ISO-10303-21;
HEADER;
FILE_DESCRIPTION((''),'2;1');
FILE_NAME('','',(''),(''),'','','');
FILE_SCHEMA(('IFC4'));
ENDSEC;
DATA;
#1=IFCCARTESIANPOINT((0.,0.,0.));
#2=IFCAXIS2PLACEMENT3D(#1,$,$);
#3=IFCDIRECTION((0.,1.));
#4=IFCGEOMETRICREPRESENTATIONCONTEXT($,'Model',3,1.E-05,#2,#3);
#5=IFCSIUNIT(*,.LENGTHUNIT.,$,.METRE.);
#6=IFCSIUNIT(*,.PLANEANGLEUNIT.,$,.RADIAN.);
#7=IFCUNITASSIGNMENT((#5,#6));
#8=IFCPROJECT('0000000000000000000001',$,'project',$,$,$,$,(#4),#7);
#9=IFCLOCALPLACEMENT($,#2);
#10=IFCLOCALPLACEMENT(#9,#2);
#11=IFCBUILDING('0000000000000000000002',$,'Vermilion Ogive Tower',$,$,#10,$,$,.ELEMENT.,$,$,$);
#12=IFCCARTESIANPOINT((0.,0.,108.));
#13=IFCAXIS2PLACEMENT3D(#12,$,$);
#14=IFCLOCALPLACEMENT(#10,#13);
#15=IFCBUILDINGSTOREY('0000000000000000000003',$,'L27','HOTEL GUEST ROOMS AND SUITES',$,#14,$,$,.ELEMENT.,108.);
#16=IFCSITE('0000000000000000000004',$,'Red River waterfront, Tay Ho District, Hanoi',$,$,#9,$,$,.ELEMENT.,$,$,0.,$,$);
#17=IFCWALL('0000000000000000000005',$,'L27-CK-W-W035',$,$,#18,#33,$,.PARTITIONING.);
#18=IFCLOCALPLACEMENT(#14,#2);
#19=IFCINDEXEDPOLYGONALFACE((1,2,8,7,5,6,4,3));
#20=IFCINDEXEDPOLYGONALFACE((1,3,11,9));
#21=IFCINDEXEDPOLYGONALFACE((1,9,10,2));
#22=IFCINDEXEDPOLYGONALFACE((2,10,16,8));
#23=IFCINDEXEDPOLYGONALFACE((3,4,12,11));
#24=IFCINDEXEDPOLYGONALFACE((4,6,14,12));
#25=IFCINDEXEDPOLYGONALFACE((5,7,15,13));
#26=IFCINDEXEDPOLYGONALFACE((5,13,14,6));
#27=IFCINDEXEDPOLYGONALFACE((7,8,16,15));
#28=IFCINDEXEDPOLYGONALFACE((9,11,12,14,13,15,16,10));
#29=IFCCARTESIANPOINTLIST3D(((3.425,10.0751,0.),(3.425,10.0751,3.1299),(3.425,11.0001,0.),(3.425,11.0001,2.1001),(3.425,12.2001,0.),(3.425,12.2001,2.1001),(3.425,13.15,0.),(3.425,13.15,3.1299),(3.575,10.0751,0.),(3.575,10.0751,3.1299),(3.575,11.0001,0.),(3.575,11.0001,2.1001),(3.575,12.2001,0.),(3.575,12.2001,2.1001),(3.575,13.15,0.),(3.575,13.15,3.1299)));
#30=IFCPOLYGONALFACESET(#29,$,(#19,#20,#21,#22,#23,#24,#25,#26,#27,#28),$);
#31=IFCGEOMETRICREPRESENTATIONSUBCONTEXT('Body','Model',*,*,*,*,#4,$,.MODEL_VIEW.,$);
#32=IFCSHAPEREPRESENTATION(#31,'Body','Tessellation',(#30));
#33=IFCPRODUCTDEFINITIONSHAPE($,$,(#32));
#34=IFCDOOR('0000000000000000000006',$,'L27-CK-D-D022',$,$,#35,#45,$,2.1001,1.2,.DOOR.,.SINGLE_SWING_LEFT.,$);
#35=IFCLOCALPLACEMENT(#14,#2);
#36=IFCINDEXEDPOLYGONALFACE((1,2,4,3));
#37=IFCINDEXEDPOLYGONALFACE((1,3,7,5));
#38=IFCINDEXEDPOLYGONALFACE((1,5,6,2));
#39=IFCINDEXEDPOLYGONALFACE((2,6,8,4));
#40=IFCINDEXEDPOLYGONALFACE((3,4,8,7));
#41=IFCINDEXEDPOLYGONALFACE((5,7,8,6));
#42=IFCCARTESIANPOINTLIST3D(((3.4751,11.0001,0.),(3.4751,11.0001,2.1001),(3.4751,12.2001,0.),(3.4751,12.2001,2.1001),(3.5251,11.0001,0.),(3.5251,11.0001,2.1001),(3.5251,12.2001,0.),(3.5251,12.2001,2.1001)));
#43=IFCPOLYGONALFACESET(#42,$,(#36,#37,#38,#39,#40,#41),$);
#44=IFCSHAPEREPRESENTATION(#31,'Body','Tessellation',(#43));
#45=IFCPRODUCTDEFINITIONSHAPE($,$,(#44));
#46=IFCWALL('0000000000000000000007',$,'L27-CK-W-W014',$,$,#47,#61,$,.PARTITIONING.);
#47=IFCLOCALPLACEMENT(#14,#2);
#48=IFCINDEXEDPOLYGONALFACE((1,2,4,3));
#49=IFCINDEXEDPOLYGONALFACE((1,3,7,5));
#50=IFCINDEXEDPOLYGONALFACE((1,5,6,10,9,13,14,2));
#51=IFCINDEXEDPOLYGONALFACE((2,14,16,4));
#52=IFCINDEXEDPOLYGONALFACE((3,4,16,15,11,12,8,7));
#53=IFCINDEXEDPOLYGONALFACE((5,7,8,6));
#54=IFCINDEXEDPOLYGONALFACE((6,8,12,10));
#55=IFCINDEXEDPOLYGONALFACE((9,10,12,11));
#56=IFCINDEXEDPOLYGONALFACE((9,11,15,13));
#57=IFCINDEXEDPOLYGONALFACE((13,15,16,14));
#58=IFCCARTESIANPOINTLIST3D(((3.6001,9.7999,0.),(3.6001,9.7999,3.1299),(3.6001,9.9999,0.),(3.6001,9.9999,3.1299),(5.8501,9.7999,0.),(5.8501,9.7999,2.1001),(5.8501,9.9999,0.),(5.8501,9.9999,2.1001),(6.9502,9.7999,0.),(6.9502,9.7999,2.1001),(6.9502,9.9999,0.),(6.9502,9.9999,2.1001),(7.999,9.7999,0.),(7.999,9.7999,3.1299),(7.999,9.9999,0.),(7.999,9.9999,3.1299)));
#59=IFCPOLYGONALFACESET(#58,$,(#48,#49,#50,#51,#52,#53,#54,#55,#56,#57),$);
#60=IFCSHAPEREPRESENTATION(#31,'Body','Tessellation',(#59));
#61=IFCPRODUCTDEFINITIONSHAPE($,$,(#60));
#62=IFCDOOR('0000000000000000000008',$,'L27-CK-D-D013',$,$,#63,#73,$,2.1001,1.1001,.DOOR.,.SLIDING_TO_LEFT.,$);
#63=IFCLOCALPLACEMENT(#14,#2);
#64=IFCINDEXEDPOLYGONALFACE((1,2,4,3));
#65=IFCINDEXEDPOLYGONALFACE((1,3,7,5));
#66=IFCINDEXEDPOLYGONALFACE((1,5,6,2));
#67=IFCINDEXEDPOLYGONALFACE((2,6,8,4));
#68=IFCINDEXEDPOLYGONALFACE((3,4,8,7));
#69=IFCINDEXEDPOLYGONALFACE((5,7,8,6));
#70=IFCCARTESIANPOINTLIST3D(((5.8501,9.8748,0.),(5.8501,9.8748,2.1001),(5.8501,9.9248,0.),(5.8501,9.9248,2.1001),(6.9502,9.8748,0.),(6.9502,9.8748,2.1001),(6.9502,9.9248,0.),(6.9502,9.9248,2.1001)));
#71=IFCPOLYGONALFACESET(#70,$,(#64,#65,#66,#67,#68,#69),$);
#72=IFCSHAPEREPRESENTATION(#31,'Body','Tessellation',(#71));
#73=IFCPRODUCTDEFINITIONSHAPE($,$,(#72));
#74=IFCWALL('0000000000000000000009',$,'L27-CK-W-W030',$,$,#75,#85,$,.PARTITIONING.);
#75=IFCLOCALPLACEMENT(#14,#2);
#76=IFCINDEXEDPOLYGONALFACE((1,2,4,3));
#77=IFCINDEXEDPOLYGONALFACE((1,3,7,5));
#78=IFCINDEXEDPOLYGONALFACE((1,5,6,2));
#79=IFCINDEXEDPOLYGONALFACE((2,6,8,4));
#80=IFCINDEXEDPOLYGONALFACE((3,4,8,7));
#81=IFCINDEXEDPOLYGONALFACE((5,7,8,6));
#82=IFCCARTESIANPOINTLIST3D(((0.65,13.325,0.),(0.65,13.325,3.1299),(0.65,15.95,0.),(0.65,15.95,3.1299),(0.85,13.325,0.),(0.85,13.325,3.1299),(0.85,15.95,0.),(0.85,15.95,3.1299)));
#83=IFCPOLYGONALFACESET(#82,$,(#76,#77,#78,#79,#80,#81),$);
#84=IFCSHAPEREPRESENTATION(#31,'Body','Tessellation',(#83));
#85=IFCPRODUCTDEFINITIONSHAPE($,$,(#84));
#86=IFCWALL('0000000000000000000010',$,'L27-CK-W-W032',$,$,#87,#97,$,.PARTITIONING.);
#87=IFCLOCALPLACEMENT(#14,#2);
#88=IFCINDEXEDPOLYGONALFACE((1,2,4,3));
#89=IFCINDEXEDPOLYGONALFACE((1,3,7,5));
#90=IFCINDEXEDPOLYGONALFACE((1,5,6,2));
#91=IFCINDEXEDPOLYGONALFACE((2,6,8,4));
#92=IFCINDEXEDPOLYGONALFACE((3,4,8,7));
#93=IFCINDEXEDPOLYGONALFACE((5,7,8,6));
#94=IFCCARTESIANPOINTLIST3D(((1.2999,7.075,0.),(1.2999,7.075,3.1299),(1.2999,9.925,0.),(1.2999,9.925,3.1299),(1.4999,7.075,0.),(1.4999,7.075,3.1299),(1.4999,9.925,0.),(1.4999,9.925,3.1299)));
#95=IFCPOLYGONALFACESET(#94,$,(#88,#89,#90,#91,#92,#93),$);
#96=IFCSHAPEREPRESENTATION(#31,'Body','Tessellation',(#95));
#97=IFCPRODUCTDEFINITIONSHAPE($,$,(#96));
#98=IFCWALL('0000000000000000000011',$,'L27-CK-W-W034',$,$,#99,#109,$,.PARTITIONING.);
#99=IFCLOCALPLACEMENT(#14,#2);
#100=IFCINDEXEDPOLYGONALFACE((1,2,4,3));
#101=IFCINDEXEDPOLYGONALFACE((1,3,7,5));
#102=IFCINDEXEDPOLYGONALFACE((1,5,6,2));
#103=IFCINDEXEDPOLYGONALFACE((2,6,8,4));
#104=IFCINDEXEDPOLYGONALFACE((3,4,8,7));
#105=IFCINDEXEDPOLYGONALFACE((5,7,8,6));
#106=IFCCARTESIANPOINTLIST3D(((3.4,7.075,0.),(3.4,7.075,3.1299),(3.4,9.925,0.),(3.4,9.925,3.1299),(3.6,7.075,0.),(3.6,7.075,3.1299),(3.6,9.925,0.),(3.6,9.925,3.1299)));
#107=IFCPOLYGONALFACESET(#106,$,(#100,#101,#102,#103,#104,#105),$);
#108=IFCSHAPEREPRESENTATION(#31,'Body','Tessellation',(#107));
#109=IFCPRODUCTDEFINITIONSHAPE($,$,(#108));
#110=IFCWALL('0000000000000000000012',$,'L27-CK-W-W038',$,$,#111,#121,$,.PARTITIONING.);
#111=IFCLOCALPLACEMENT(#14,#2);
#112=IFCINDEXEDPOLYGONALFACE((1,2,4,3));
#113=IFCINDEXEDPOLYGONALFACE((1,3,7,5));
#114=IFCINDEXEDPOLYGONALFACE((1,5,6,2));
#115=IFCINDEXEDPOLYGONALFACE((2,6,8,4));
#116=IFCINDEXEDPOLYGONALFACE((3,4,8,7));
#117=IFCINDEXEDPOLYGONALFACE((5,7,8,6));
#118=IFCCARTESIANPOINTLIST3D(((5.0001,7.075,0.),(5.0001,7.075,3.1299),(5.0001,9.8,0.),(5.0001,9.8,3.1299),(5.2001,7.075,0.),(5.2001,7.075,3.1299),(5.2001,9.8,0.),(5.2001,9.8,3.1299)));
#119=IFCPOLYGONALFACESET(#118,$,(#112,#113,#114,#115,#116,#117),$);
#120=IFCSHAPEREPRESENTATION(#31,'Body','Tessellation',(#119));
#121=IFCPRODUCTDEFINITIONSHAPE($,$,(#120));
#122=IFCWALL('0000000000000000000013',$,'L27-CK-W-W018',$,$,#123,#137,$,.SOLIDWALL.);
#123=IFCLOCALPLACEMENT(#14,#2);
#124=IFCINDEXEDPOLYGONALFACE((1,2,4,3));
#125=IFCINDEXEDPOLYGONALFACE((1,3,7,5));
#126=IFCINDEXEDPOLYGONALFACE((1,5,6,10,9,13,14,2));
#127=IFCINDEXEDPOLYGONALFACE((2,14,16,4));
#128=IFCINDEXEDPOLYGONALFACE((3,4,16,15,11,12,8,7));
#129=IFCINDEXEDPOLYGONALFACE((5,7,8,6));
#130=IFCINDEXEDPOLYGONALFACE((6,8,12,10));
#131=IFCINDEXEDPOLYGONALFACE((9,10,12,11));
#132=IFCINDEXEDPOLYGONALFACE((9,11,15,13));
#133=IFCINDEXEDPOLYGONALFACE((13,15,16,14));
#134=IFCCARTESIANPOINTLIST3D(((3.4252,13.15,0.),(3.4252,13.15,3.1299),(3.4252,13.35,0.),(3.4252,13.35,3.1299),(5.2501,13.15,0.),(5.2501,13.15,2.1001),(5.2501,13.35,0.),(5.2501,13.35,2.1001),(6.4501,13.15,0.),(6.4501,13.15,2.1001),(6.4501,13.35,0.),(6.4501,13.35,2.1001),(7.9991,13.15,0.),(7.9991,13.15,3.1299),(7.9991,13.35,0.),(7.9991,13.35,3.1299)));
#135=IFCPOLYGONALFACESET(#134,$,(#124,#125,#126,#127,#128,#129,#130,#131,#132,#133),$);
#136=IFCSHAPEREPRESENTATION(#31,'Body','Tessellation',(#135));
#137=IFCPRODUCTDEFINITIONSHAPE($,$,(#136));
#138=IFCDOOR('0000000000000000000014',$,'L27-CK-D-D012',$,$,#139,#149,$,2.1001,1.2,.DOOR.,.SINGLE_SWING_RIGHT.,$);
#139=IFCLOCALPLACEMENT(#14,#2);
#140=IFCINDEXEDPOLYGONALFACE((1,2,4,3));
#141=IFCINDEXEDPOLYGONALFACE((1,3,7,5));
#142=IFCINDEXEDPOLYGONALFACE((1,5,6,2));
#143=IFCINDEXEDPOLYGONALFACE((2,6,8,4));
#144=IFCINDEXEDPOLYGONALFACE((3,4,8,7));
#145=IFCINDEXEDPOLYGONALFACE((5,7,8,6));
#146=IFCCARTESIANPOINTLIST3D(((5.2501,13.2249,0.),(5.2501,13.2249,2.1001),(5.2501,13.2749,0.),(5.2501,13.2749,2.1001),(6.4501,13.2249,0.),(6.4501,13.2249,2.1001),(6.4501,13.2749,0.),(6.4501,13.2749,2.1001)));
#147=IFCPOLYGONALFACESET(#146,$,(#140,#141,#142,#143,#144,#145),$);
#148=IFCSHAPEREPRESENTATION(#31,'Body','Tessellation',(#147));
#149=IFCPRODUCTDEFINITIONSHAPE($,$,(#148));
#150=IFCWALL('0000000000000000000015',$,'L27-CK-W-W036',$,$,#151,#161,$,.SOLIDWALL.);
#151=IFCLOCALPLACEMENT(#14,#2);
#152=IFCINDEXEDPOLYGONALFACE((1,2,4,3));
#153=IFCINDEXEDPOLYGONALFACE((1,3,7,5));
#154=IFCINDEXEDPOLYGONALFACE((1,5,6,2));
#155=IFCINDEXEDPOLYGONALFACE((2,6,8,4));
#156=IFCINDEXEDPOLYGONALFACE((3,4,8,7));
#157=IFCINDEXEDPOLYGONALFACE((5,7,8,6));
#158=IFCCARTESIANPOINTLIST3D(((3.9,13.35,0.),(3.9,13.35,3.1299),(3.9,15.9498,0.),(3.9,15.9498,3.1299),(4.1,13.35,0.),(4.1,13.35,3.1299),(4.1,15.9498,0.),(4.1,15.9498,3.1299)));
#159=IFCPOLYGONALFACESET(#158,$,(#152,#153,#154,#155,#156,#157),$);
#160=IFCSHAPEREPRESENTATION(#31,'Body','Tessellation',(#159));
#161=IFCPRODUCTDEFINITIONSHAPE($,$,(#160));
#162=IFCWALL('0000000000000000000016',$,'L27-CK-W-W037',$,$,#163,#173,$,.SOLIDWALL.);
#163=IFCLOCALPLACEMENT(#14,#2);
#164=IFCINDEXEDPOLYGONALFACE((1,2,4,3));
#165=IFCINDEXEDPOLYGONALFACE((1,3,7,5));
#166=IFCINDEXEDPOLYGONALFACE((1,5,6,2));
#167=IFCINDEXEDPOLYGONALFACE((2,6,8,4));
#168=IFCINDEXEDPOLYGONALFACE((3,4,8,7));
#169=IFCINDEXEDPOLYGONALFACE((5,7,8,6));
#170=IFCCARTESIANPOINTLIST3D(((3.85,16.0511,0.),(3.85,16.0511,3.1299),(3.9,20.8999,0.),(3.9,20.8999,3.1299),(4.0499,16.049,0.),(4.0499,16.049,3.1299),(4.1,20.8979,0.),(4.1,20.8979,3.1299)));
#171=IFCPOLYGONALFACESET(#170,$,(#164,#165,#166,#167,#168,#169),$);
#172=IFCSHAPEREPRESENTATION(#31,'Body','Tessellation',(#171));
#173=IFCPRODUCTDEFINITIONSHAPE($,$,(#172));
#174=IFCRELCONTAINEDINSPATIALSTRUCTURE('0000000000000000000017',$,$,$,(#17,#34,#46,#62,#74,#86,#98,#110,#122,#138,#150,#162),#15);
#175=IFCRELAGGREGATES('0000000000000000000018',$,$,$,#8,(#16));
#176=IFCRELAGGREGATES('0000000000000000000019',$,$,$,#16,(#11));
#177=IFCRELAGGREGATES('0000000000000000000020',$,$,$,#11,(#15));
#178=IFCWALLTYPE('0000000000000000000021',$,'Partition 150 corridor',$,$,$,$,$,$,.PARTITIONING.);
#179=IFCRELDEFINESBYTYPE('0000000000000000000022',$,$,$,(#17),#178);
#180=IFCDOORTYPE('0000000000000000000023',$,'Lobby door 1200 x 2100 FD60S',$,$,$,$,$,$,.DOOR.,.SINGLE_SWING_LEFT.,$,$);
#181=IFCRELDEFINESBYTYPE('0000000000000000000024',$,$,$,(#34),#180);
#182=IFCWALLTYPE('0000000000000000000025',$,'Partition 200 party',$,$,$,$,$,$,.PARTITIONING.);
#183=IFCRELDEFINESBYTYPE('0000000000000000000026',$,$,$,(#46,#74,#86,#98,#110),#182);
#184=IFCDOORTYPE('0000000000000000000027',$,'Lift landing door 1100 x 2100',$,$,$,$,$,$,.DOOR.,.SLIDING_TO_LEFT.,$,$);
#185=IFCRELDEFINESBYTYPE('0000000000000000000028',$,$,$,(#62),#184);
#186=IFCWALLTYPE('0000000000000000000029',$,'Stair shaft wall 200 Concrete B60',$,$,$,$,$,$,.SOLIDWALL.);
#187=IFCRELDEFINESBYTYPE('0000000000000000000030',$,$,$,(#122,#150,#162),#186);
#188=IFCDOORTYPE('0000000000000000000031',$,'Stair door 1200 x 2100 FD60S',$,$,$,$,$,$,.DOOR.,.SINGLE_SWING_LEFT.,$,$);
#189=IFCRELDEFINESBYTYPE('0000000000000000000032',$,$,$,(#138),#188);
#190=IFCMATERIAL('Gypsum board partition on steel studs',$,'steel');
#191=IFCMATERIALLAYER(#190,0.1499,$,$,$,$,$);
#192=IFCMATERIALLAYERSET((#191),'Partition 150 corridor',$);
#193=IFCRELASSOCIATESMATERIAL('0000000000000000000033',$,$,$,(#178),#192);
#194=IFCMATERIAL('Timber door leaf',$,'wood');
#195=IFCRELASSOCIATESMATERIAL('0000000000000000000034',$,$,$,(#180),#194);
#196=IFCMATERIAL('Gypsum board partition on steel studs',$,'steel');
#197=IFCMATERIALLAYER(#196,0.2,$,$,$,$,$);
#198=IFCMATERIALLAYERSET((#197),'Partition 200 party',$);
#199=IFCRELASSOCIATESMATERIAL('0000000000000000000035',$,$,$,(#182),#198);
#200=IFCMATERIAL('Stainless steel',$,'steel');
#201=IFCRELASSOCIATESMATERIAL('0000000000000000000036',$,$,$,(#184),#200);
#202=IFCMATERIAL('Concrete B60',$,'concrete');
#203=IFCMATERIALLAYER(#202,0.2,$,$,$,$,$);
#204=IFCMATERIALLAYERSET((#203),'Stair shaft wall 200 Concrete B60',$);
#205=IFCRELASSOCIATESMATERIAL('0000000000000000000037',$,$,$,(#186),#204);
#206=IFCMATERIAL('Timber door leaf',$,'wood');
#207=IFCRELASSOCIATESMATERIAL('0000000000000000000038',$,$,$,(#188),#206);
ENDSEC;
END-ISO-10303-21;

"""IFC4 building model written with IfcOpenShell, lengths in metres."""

from ifc_helpers import new_model, si_unit, direction, frame, frame_2d, origin, place, context, subcontext, project, spatial, rectangle, extrude, material, layer, layer_set, type_object, element, fill, save


model = new_model("IFC4")

# Units and contexts
model_context = context("Model", 3, precision=1e-05, world=origin(), true_north=direction((0.0, 1.0)))
body_context = subcontext(model_context, "Body", "Model", "MODEL_VIEW")
ifc_project = project(units=[si_unit("LENGTHUNIT", "METRE"), si_unit("PLANEANGLEUNIT", "RADIAN")], contexts=[model_context])

# Site, building, storey
site_placement = place(None, origin())
site = spatial("IfcSite", under=ifc_project, at=site_placement, Name="Red River waterfront, Tay Ho District, Hanoi", CompositionType="ELEMENT", RefElevation=0.0)
building_placement = place(site_placement, origin())
building = spatial("IfcBuilding", under=site, at=building_placement, Name="Vermilion Ogive Tower", CompositionType="ELEMENT")
storey_placement = place(building_placement, frame((0.0, 0.0, 108.0)))
storey = spatial("IfcBuildingStorey", under=building, at=storey_placement, Name="L27", Description="HOTEL GUEST ROOMS AND SUITES", CompositionType="ELEMENT", Elevation=108.0)

# Shared definitions
ifc_material_1 = material(Name="Gypsum board partition on steel studs", Category="steel")
ifc_layer_1 = layer(ifc_material_1, 0.1499)
ifc_layer_set_1 = layer_set([ifc_layer_1], Name="Partition 150 corridor")
wall_type_1 = type_object("IfcWallType", Name="Partition 150 corridor", PredefinedType="PARTITIONING", material=ifc_layer_set_1)

# Walls, openings, doors
wall_1_placement = place(storey_placement, frame((3.5, 10.075, 0.0), z_axis=(0.0, 0.0, 1.0), x_axis=(0.0, 1.0, 0.0)))
wall_1 = element("IfcWall", 1, at=wall_1_placement, inside=storey, type_object=wall_type_1, Name="L27-CK-W-W035", PredefinedType="PARTITIONING", context=body_context, shape_type="SweptSolid", body=[
    extrude(rectangle(XDim=3.075, YDim=0.1499, at=frame_2d((1.5376, 0.0))), origin(), (0.0, 0.0, 1.0), 3.1299),
])
opening_1_placement = place(wall_1_placement, frame((0.925, 0.0, 0.0)))
opening_1 = element("IfcOpeningElement", 2, at=opening_1_placement, cuts=wall_1, PredefinedType="OPENING", context=body_context, shape_type="SweptSolid", body=[
    extrude(rectangle(XDim=1.2, YDim=2.1001, at=frame_2d((0.6001, 1.05))), frame((0.0, 0.085, 0.0), z_axis=(0.0, -1.0, 0.0), x_axis=(1.0, 0.0, 0.0)), (0.0, 0.0, 1.0), 0.1699),
])
ifc_material_2 = material(Name="Timber door leaf", Category="wood")
door_type_1 = type_object("IfcDoorType", Name="Lobby door 1200 x 2100 FD60S", OperationType="SINGLE_SWING_LEFT", PredefinedType="DOOR", material=ifc_material_2)
door_1_placement = place(opening_1_placement, origin())
door_1 = element("IfcDoor", 3, at=door_1_placement, inside=storey, type_object=door_type_1, Name="L27-CK-D-D022", OperationType="SINGLE_SWING_LEFT", OverallHeight=2.1001, OverallWidth=1.2, PredefinedType="DOOR", context=body_context, shape_type="SweptSolid", body=[
    extrude(rectangle(XDim=1.2, YDim=2.1001, at=frame_2d((0.6001, 1.05))), frame((0.0, 0.0249, 0.0), z_axis=(0.0, -1.0, 0.0), x_axis=(1.0, 0.0, 0.0)), (0.0, 0.0, 1.0), 0.05),
])
fill(opening_1, door_1)
ifc_material_3 = material(Name="Gypsum board partition on steel studs", Category="steel")
ifc_layer_2 = layer(ifc_material_3, 0.2)
ifc_layer_set_2 = layer_set([ifc_layer_2], Name="Partition 200 party")
wall_type_2 = type_object("IfcWallType", Name="Partition 200 party", PredefinedType="PARTITIONING", material=ifc_layer_set_2)
wall_2_placement = place(storey_placement, frame((3.6001, 9.8999, 0.0), z_axis=(0.0, 0.0, 1.0), x_axis=(1.0, 0.0, 0.0)))
wall_2 = element("IfcWall", 4, at=wall_2_placement, inside=storey, type_object=wall_type_2, Name="L27-CK-W-W014", PredefinedType="PARTITIONING", context=body_context, shape_type="SweptSolid", body=[
    extrude(rectangle(XDim=4.3989, YDim=0.2, at=frame_2d((2.1995, 0.0))), origin(), (0.0, 0.0, 1.0), 3.1299),
])
opening_2_placement = place(wall_2_placement, frame((2.25, 0.0, 0.0)))
opening_2 = element("IfcOpeningElement", 5, at=opening_2_placement, cuts=wall_2, PredefinedType="OPENING", context=body_context, shape_type="SweptSolid", body=[
    extrude(rectangle(XDim=1.1001, YDim=2.1001, at=frame_2d((0.55, 1.05))), frame((0.0, 0.1099, 0.0), z_axis=(0.0, -1.0, 0.0), x_axis=(1.0, 0.0, 0.0)), (0.0, 0.0, 1.0), 0.22),
])
ifc_material_4 = material(Name="Stainless steel", Category="steel")
door_type_2 = type_object("IfcDoorType", Name="Lift landing door 1100 x 2100", OperationType="SLIDING_TO_LEFT", PredefinedType="DOOR", material=ifc_material_4)
door_2_placement = place(opening_2_placement, origin())
door_2 = element("IfcDoor", 6, at=door_2_placement, inside=storey, type_object=door_type_2, Name="L27-CK-D-D013", OperationType="SLIDING_TO_LEFT", OverallHeight=2.1001, OverallWidth=1.1001, PredefinedType="DOOR", context=body_context, shape_type="SweptSolid", body=[
    extrude(rectangle(XDim=1.1001, YDim=2.1001, at=frame_2d((0.55, 1.05))), frame((0.0, 0.0249, 0.0), z_axis=(0.0, -1.0, 0.0), x_axis=(1.0, 0.0, 0.0)), (0.0, 0.0, 1.0), 0.05),
])
fill(opening_2, door_2)

# Walls
wall_3_placement = place(storey_placement, frame((0.75, 13.325, 0.0), z_axis=(0.0, 0.0, 1.0), x_axis=(0.0, 1.0, 0.0)))
element("IfcWall", 7, at=wall_3_placement, inside=storey, type_object=wall_type_2, Name="L27-CK-W-W030", PredefinedType="PARTITIONING", context=body_context, shape_type="SweptSolid", body=[
    extrude(rectangle(XDim=2.625, YDim=0.2, at=frame_2d((1.3125, 0.0))), origin(), (0.0, 0.0, 1.0), 3.1299),
])
for number, where, z_axis, x_axis, name in (
    (8, (1.3999, 7.075, 0.0), (0.0, 0.0, 1.0), (0.0, 1.0, 0.0), "L27-CK-W-W032"),
    (9, (3.5, 7.075, 0.0), (0.0, 0.0, 1.0), (0.0, 1.0, 0.0), "L27-CK-W-W034"),
):
    element("IfcWall", number, at=place(storey_placement, frame(where, z_axis=z_axis, x_axis=x_axis)), inside=storey, type_object=wall_type_2, Name=name, PredefinedType="PARTITIONING", context=body_context, shape_type="SweptSolid", body=[
        extrude(rectangle(XDim=2.8501, YDim=0.2, at=frame_2d((1.425, 0.0))), origin(), (0.0, 0.0, 1.0), 3.1299),
    ])
wall_4_placement = place(storey_placement, frame((5.1001, 7.075, 0.0), z_axis=(0.0, 0.0, 1.0), x_axis=(0.0, 1.0, 0.0)))
element("IfcWall", 10, at=wall_4_placement, inside=storey, type_object=wall_type_2, Name="L27-CK-W-W038", PredefinedType="PARTITIONING", context=body_context, shape_type="SweptSolid", body=[
    extrude(rectangle(XDim=2.7251, YDim=0.2, at=frame_2d((1.3625, 0.0))), origin(), (0.0, 0.0, 1.0), 3.1299),
])

# Wall, opening, door
ifc_material_5 = material(Name="Concrete B60", Category="concrete")
ifc_layer_3 = layer(ifc_material_5, 0.2)
ifc_layer_set_3 = layer_set([ifc_layer_3], Name="Stair shaft wall 200 Concrete B60")
wall_type_3 = type_object("IfcWallType", Name="Stair shaft wall 200 Concrete B60", PredefinedType="SOLIDWALL", material=ifc_layer_set_3)
wall_5_placement = place(storey_placement, frame((3.425, 13.25, 0.0), z_axis=(0.0, 0.0, 1.0), x_axis=(1.0, 0.0, 0.0)))
wall_5 = element("IfcWall", 11, at=wall_5_placement, inside=storey, type_object=wall_type_3, Name="L27-CK-W-W018", PredefinedType="SOLIDWALL", context=body_context, shape_type="SweptSolid", body=[
    extrude(rectangle(XDim=4.574, YDim=0.2, at=frame_2d((2.2871, 0.0))), origin(), (0.0, 0.0, 1.0), 3.1299),
])
opening_3_placement = place(wall_5_placement, frame((1.825, 0.0, 0.0)))
opening_3 = element("IfcOpeningElement", 12, at=opening_3_placement, cuts=wall_5, PredefinedType="OPENING", context=body_context, shape_type="SweptSolid", body=[
    extrude(rectangle(XDim=1.2, YDim=2.1001, at=frame_2d((0.6001, 1.05))), frame((0.0, 0.1099, 0.0), z_axis=(0.0, -1.0, 0.0), x_axis=(1.0, 0.0, 0.0)), (0.0, 0.0, 1.0), 0.22),
])
ifc_material_6 = material(Name="Timber door leaf", Category="wood")
door_type_3 = type_object("IfcDoorType", Name="Stair door 1200 x 2100 FD60S", OperationType="SINGLE_SWING_LEFT", PredefinedType="DOOR", material=ifc_material_6)
door_3_placement = place(opening_3_placement, origin())
door_3 = element("IfcDoor", 13, at=door_3_placement, inside=storey, type_object=door_type_3, Name="L27-CK-D-D012", OperationType="SINGLE_SWING_RIGHT", OverallHeight=2.1001, OverallWidth=1.2, PredefinedType="DOOR", context=body_context, shape_type="SweptSolid", body=[
    extrude(rectangle(XDim=1.2, YDim=2.1001, at=frame_2d((0.6001, 1.05))), frame((0.0, 0.0249, 0.0), z_axis=(0.0, -1.0, 0.0), x_axis=(1.0, 0.0, 0.0)), (0.0, 0.0, 1.0), 0.05),
])
fill(opening_3, door_3)

# Walls
wall_6_placement = place(storey_placement, frame((4.0, 13.3501, 0.0), z_axis=(0.0, 0.0, 1.0), x_axis=(0.0, 1.0, 0.0)))
element("IfcWall", 14, at=wall_6_placement, inside=storey, type_object=wall_type_3, Name="L27-CK-W-W036", PredefinedType="SOLIDWALL", context=body_context, shape_type="SweptSolid", body=[
    extrude(rectangle(XDim=2.5999, YDim=0.2, at=frame_2d((1.2998, 0.0))), origin(), (0.0, 0.0, 1.0), 3.1299),
])
wall_7_placement = place(storey_placement, frame((3.95, 16.05, 0.0), z_axis=(0.0, 0.0, 1.0), x_axis=(0.010321, 0.999947, 0.0)))
element("IfcWall", 15, at=wall_7_placement, inside=storey, type_object=wall_type_3, Name="L27-CK-W-W037", PredefinedType="SOLIDWALL", context=body_context, shape_type="SweptSolid", body=[
    extrude(rectangle(XDim=4.8491, YDim=0.2, at=frame_2d((2.4246, 0.0))), origin(), (0.0, 0.0, 1.0), 3.1299),
])

save(model, "model.ifc")
